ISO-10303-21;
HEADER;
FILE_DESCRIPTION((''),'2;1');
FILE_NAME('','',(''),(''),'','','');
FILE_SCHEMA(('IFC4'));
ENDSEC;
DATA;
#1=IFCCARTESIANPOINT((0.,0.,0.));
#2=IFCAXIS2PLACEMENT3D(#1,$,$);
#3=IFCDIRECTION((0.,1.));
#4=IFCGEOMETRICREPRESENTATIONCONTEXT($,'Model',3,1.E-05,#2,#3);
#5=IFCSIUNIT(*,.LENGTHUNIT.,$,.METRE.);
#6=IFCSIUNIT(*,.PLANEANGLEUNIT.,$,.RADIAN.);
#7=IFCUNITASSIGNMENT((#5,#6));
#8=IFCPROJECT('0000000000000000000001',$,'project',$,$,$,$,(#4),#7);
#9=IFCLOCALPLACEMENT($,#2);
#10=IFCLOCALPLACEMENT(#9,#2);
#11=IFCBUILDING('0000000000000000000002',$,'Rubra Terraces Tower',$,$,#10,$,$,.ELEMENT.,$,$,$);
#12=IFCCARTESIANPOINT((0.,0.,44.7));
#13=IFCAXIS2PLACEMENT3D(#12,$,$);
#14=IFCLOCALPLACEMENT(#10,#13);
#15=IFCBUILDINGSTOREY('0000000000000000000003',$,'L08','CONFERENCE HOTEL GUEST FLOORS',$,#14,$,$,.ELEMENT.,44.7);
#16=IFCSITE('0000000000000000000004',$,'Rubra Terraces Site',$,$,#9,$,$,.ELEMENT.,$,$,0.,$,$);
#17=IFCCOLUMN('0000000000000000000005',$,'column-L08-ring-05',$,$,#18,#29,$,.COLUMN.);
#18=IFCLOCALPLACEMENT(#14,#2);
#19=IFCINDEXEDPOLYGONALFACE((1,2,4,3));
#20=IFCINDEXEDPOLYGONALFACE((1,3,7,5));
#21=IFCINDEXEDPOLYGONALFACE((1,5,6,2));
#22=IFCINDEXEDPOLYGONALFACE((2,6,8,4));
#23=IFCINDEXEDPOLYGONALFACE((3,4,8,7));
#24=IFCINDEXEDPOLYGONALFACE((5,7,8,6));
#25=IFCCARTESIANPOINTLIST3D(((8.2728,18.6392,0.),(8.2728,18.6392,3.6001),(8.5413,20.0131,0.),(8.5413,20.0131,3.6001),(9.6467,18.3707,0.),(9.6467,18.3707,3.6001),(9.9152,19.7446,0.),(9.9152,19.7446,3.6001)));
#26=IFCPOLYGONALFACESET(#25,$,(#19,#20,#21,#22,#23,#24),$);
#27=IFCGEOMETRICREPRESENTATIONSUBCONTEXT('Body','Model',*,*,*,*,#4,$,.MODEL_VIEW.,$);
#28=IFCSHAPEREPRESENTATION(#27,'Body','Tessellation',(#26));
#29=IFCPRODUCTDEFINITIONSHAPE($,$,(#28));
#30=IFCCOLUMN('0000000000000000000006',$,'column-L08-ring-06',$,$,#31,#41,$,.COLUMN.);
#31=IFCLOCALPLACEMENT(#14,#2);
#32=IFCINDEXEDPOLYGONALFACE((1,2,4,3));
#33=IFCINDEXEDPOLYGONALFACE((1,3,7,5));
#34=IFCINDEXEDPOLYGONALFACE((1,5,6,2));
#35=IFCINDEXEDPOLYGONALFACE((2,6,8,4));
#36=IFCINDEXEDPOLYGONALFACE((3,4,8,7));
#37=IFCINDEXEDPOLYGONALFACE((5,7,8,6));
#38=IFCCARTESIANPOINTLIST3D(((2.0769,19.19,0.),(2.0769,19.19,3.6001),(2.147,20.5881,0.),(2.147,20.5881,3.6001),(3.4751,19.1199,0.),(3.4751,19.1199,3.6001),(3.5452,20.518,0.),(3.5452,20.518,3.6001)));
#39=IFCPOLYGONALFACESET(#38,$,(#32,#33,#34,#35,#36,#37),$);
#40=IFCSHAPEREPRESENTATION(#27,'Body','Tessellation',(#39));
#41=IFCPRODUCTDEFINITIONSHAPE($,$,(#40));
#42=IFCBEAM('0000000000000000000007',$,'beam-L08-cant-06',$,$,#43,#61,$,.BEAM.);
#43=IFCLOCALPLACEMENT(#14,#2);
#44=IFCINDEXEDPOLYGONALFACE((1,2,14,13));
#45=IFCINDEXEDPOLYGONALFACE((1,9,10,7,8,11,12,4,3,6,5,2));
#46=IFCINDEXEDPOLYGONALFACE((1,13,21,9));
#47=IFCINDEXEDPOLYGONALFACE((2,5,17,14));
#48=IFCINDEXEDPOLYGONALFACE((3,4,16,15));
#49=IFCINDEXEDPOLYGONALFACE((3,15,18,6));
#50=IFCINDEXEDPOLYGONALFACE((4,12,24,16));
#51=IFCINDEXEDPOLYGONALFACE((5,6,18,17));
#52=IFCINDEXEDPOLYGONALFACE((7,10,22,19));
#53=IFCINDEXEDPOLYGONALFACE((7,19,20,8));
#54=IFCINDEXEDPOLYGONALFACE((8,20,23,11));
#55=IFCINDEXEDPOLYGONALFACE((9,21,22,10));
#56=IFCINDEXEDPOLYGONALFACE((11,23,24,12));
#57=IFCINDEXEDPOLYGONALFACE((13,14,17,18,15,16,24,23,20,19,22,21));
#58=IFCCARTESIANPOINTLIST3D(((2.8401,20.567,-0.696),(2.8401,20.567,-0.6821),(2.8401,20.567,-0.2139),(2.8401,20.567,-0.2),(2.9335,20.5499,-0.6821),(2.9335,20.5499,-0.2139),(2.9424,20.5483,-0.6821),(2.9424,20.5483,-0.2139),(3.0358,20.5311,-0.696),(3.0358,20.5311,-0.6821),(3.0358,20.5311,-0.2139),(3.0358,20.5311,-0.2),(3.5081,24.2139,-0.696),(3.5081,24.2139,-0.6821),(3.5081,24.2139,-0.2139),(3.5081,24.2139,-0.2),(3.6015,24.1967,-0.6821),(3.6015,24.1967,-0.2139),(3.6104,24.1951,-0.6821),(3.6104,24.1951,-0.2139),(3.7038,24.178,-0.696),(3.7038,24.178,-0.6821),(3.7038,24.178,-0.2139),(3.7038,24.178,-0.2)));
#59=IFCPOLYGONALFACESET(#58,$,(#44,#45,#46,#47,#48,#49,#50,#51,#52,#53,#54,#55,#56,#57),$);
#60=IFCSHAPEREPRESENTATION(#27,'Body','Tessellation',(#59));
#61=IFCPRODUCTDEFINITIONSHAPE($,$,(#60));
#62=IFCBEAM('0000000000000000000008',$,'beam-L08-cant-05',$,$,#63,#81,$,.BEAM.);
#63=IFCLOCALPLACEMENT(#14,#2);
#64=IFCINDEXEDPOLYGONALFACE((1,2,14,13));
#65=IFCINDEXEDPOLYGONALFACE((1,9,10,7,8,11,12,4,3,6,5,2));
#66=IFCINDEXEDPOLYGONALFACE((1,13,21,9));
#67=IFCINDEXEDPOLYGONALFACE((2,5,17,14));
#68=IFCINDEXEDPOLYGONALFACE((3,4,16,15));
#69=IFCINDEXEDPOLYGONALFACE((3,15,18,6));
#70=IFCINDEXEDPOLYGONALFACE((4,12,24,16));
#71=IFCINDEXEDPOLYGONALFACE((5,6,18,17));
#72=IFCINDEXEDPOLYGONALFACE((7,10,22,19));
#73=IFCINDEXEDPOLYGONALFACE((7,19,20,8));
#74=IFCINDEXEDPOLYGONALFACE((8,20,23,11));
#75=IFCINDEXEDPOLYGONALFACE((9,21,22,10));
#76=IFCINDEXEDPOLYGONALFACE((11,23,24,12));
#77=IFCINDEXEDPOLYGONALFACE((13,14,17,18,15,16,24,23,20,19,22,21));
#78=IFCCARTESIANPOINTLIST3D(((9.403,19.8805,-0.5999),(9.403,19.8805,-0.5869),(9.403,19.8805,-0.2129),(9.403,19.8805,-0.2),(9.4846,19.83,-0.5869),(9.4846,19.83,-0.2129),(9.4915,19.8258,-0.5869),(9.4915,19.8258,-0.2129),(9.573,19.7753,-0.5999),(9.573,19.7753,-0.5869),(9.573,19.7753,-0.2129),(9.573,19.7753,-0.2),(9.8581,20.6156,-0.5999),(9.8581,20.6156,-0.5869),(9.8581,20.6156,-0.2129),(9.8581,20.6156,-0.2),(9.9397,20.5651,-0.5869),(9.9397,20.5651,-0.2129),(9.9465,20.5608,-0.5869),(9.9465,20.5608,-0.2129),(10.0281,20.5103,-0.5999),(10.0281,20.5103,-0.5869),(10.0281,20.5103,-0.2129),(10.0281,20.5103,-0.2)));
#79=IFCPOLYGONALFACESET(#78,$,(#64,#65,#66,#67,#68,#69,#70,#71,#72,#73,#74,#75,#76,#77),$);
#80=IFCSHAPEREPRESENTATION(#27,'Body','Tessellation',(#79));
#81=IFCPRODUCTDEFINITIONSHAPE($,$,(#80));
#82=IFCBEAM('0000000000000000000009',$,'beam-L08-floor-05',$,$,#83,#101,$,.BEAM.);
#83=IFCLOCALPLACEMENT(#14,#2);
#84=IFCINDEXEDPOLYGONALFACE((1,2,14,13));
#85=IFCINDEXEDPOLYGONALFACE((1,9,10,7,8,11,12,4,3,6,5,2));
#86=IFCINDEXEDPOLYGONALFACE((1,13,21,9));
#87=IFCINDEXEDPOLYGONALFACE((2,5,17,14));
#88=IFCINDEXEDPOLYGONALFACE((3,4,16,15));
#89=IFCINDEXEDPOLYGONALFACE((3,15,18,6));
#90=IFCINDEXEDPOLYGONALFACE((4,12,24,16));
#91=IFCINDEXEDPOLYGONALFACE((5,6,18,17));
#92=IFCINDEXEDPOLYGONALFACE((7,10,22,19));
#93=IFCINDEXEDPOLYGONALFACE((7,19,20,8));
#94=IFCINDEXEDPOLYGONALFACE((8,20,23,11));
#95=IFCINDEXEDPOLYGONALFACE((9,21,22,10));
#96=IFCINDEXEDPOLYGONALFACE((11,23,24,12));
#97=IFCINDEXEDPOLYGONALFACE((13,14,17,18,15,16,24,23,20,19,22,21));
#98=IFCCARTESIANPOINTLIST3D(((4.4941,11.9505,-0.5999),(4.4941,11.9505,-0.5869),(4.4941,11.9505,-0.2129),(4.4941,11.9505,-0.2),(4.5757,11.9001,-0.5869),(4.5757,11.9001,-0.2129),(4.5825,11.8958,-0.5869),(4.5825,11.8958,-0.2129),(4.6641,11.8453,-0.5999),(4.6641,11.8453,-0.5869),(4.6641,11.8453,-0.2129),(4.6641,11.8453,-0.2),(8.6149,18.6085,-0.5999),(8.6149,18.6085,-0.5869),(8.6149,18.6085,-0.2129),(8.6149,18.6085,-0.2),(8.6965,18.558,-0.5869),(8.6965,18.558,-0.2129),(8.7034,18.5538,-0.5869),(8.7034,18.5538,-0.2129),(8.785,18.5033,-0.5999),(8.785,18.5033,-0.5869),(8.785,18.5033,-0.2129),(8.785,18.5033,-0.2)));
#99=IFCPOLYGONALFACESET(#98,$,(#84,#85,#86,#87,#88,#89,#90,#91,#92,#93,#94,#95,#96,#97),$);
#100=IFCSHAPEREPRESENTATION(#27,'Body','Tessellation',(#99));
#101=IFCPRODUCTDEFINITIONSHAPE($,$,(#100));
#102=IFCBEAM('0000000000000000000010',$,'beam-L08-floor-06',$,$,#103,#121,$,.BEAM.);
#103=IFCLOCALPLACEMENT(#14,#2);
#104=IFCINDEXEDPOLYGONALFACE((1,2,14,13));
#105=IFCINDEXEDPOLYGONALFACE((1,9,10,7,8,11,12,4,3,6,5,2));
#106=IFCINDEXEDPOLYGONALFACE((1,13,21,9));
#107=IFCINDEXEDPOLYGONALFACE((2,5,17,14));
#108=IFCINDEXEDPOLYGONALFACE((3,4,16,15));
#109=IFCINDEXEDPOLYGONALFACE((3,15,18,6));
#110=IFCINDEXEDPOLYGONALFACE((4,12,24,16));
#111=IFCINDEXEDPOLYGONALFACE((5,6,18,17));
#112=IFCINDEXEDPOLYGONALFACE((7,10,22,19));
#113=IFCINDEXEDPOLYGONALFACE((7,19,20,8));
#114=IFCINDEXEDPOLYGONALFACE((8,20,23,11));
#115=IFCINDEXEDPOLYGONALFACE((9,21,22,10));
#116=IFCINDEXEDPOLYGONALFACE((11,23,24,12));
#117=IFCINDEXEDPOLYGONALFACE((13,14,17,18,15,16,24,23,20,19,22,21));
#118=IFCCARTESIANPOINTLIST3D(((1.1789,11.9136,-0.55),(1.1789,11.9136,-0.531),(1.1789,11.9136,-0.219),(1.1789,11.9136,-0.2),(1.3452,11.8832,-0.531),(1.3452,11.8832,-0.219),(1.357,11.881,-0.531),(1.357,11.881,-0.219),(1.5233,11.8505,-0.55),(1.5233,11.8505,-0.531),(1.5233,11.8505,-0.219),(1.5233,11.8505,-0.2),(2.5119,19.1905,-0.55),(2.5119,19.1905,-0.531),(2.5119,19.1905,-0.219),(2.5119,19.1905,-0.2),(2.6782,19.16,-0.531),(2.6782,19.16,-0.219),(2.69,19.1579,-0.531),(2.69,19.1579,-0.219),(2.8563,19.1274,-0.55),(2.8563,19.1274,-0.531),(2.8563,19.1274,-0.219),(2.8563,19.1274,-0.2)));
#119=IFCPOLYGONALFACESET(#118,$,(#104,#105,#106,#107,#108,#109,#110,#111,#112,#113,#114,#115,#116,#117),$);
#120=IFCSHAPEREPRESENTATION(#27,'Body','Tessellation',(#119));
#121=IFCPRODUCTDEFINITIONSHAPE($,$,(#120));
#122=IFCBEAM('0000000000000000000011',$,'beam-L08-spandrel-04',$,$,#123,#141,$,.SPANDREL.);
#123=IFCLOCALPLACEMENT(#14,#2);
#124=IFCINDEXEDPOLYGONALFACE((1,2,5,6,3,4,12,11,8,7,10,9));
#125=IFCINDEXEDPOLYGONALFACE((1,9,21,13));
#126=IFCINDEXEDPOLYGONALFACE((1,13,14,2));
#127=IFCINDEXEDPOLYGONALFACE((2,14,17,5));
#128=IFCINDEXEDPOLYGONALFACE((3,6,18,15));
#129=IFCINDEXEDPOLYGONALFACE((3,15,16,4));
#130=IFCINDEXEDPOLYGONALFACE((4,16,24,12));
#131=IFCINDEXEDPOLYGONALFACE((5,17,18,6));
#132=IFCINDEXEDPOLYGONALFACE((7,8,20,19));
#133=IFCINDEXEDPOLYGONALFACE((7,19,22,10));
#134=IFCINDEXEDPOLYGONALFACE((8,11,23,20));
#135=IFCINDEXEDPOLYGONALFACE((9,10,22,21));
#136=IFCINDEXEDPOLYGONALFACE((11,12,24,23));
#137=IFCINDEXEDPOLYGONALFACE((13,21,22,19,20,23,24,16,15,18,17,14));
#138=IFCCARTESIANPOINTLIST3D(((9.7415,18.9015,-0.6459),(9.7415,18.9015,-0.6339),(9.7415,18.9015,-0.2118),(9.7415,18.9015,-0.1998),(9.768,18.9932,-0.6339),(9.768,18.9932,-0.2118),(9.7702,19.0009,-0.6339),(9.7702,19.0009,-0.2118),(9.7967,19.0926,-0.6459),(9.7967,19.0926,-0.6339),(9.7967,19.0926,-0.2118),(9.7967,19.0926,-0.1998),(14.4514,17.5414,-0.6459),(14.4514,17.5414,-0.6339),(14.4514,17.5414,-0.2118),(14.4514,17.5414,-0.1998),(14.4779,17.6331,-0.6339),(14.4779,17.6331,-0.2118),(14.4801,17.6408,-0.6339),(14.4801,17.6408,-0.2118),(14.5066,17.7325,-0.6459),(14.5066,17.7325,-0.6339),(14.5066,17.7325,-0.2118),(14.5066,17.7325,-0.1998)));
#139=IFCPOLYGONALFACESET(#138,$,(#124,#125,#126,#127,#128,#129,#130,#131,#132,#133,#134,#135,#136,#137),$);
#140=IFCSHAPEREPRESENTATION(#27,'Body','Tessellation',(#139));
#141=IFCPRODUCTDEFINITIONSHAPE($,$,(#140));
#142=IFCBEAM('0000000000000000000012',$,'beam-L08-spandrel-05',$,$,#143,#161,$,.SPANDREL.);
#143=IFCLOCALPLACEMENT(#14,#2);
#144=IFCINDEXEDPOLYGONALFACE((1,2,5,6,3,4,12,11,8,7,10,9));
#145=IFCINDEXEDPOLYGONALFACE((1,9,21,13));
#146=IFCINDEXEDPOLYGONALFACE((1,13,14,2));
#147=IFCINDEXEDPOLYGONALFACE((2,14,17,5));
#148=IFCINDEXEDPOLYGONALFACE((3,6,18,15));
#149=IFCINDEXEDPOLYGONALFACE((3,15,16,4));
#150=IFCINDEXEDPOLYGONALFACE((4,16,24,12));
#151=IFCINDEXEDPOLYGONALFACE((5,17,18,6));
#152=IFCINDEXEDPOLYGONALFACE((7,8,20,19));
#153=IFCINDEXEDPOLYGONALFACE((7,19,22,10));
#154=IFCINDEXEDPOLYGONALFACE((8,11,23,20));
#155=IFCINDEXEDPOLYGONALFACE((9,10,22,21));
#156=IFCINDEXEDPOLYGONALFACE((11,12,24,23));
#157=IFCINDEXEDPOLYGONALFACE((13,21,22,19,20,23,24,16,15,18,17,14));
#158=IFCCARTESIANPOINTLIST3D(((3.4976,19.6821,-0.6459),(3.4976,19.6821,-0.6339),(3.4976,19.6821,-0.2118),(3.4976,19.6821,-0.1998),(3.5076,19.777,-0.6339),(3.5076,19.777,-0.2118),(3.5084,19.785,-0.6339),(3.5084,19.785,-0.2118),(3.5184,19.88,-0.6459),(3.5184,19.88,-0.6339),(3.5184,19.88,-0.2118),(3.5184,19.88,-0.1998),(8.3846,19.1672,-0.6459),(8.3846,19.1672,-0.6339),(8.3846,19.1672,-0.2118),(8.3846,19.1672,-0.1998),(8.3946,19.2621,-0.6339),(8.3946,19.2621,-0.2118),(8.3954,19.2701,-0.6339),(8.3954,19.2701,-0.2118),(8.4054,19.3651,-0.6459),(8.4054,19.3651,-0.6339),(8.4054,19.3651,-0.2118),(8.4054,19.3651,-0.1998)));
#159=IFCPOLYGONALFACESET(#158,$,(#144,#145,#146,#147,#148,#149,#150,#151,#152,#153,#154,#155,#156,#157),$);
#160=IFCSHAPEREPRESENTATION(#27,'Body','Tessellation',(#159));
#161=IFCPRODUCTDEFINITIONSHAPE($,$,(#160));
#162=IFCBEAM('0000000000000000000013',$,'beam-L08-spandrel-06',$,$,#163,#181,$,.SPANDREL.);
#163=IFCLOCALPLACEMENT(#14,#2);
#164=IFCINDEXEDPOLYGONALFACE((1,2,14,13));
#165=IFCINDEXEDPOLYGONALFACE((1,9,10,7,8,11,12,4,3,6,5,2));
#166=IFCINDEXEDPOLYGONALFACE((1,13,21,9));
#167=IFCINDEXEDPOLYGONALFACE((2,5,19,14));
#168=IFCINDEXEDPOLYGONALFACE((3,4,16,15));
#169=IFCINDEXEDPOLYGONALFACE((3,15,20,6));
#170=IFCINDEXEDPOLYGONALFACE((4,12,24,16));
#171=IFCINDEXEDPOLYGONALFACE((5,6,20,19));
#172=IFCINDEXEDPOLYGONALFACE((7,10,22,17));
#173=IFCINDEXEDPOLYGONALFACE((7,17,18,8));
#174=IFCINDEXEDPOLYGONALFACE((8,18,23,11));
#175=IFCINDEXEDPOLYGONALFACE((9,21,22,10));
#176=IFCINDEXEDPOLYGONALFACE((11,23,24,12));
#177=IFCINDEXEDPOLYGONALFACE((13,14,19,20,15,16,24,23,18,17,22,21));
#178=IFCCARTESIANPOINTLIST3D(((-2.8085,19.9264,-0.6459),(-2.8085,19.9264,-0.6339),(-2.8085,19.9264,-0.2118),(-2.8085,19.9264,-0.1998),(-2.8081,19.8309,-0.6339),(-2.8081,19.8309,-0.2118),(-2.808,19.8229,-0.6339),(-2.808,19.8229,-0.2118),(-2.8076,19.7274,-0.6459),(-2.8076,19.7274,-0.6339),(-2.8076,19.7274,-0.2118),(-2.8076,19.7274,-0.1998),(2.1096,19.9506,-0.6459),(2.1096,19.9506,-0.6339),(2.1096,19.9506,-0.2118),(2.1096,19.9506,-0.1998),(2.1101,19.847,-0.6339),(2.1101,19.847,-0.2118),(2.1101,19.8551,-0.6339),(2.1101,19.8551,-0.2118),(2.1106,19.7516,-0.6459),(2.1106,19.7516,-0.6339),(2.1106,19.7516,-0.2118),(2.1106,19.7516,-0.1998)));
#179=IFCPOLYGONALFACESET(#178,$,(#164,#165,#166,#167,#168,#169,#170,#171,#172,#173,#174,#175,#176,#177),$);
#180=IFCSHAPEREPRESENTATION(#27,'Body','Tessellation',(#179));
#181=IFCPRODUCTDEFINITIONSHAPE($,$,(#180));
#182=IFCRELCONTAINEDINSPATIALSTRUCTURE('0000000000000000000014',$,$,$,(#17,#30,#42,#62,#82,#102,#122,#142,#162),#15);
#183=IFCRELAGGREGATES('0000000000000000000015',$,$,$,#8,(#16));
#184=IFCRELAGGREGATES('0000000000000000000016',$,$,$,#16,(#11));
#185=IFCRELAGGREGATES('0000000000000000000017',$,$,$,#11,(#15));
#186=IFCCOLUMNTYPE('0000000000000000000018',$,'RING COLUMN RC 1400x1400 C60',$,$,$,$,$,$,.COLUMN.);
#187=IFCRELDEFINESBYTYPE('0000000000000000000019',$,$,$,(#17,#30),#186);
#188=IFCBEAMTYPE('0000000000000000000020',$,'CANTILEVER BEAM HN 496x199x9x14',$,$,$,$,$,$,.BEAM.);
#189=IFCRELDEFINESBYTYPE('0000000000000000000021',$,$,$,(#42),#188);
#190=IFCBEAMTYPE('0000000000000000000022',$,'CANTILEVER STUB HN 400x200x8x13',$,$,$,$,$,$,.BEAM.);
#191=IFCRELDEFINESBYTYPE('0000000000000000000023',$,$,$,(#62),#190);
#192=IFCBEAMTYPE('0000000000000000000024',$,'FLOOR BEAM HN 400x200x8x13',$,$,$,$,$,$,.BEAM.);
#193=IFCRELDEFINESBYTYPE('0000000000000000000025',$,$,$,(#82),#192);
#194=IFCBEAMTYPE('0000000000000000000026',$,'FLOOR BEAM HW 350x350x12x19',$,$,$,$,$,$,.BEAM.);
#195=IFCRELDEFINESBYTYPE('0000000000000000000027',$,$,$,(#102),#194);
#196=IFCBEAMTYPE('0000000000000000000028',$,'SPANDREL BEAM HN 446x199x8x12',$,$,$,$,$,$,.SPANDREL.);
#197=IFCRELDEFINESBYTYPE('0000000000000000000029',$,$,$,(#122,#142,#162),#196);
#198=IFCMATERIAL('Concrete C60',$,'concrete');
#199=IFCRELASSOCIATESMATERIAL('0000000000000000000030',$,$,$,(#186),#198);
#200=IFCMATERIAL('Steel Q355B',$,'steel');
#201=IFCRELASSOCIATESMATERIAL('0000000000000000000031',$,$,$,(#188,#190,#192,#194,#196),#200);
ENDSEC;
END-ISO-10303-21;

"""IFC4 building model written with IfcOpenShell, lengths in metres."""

from ifc_helpers import new_model, si_unit, direction, frame, origin, origin_2d, place, context, subcontext, project, spatial, rectangle, i_section, extrude, material, material_profile, profile_set, type_object, element, save


model = new_model("IFC4")

# Units and contexts
model_context = context("Model", 3, precision=1e-05, world=origin(), true_north=direction((0.0, 1.0)))
body_context = subcontext(model_context, "Body", "Model", "MODEL_VIEW")
ifc_project = project(units=[si_unit("LENGTHUNIT", "METRE"), si_unit("PLANEANGLEUNIT", "RADIAN")], contexts=[model_context])

# Site, building, storey
site_placement = place(None, origin())
site = spatial("IfcSite", under=ifc_project, at=site_placement, Name="Rubra Terraces Site", CompositionType="ELEMENT", RefElevation=0.0)
building_placement = place(site_placement, origin())
building = spatial("IfcBuilding", under=site, at=building_placement, Name="Rubra Terraces Tower", CompositionType="ELEMENT")
storey_placement = place(building_placement, frame((0.0, 0.0, 44.7)))
storey = spatial("IfcBuildingStorey", under=building, at=storey_placement, Name="L08", Description="CONFERENCE HOTEL GUEST FLOORS", CompositionType="ELEMENT", Elevation=44.7)

# Columns
ifc_material_1 = material(Name="Concrete C60", Category="concrete")
ifc_material_profile_1 = material_profile(ifc_material_1, rectangle(XDim=1.3999, YDim=1.3999, at=origin_2d()), Name="RC 1400x1400")
ifc_profile_set_1 = profile_set([ifc_material_profile_1], Name="Concrete C60")
column_type = type_object("IfcColumnType", Name="RING COLUMN RC 1400x1400 C60", PredefinedType="COLUMN", material=ifc_profile_set_1)
for number, where, z_axis, x_axis, name in (
    (1, (9.094, 19.1919, 0.0), (0.0, 0.0, 1.0), (-0.98143, 0.191819, 0.0), "column-L08-ring-05"),
    (2, (2.811, 19.854, 0.0), (0.0, 0.0, 1.0), (-0.998745, 0.050084, 0.0), "column-L08-ring-06"),
):
    element("IfcColumn", number, at=place(storey_placement, frame(where, z_axis=z_axis, x_axis=x_axis)), inside=storey, type_object=column_type, Name=name, PredefinedType="COLUMN", context=body_context, shape_type="SweptSolid", body=[
        extrude(rectangle(XDim=1.3999, YDim=1.3999, at=origin_2d()), origin(), (0.0, 0.0, 1.0), 3.6001),
    ])

# Beams
ifc_material_2 = material(Name="Steel Q355B", Category="steel")
ifc_material_profile_2 = material_profile(ifc_material_2, i_section(OverallWidth=0.199, OverallDepth=0.4961, WebThickness=0.009, FlangeThickness=0.0139, at=origin_2d()), Name="HN 496x199x9x14")
ifc_profile_set_2 = profile_set([ifc_material_profile_2], Name="Steel Q355B")
beam_type_1 = type_object("IfcBeamType", Name="CANTILEVER BEAM HN 496x199x9x14", PredefinedType="BEAM", material=ifc_profile_set_2)
beam_1_placement = place(storey_placement, frame((2.938, 20.5491, -0.448), z_axis=(0.18016, 0.983637, 0.0), x_axis=(-0.983637, 0.18016, 0.0)))
element("IfcBeam", 3, at=beam_1_placement, inside=storey, type_object=beam_type_1, Name="beam-L08-cant-06", PredefinedType="BEAM", context=body_context, shape_type="SweptSolid", body=[
    extrude(i_section(OverallWidth=0.199, OverallDepth=0.4961, WebThickness=0.009, FlangeThickness=0.0139, at=origin_2d()), origin(), (0.0, 0.0, 1.0), 3.7075),
])
ifc_material_profile_3 = material_profile(ifc_material_2, i_section(OverallWidth=0.2, OverallDepth=0.3999, WebThickness=0.0081, FlangeThickness=0.0129, at=origin_2d()), Name="HN 400x200x8x13")
ifc_profile_set_3 = profile_set([ifc_material_profile_3], Name="Steel Q355B")
beam_type_2 = type_object("IfcBeamType", Name="CANTILEVER STUB HN 400x200x8x13", PredefinedType="BEAM", material=ifc_profile_set_3)
beam_2_placement = place(storey_placement, frame((9.488, 19.8279, -0.3999), z_axis=(0.526364, 0.850259, 0.0), x_axis=(-0.850259, 0.526364, 0.0)))
element("IfcBeam", 4, at=beam_2_placement, inside=storey, type_object=beam_type_2, Name="beam-L08-cant-05", PredefinedType="BEAM", context=body_context, shape_type="SweptSolid", body=[
    extrude(i_section(OverallWidth=0.2, OverallDepth=0.3999, WebThickness=0.0081, FlangeThickness=0.0129, at=origin_2d()), origin(), (0.0, 0.0, 1.0), 0.8645),
])
ifc_material_profile_4 = material_profile(ifc_material_2, i_section(OverallWidth=0.2, OverallDepth=0.3999, WebThickness=0.0081, FlangeThickness=0.0129, at=origin_2d()), Name="HN 400x200x8x13")
ifc_profile_set_4 = profile_set([ifc_material_profile_4], Name="Steel Q355B")
beam_type_3 = type_object("IfcBeamType", Name="FLOOR BEAM HN 400x200x8x13", PredefinedType="BEAM", material=ifc_profile_set_4)
beam_3_placement = place(storey_placement, frame((8.7, 18.5559, -0.3999), z_axis=(-0.526286, -0.850308, 0.0), x_axis=(0.850308, -0.526286, 0.0)))
element("IfcBeam", 5, at=beam_3_placement, inside=storey, type_object=beam_type_3, Name="beam-L08-floor-05", PredefinedType="BEAM", context=body_context, shape_type="SweptSolid", body=[
    extrude(i_section(OverallWidth=0.2, OverallDepth=0.3999, WebThickness=0.0081, FlangeThickness=0.0129, at=origin_2d()), origin(), (0.0, 0.0, 1.0), 7.8301),
])
ifc_material_profile_5 = material_profile(ifc_material_2, i_section(OverallWidth=0.3501, OverallDepth=0.3501, WebThickness=0.012, FlangeThickness=0.019, at=origin_2d()), Name="HW 350x350x12x19")
ifc_profile_set_5 = profile_set([ifc_material_profile_5], Name="Steel Q355B")
beam_type_4 = type_object("IfcBeamType", Name="FLOOR BEAM HW 350x350x12x19", PredefinedType="BEAM", material=ifc_profile_set_5)
beam_4_placement = place(storey_placement, frame((2.6841, 19.1589, -0.375), z_axis=(-0.180186, -0.983632, 0.0), x_axis=(0.983632, -0.180186, 0.0)))
element("IfcBeam", 6, at=beam_4_placement, inside=storey, type_object=beam_type_4, Name="beam-L08-floor-06", PredefinedType="BEAM", context=body_context, shape_type="SweptSolid", body=[
    extrude(i_section(OverallWidth=0.3501, OverallDepth=0.3501, WebThickness=0.012, FlangeThickness=0.019, at=origin_2d()), origin(), (0.0, 0.0, 1.0), 7.3979),
])
ifc_material_profile_6 = material_profile(ifc_material_2, i_section(OverallWidth=0.199, OverallDepth=0.446, WebThickness=0.0081, FlangeThickness=0.012, at=origin_2d()), Name="HN 446x199x8x12")
ifc_profile_set_6 = profile_set([ifc_material_profile_6], Name="Steel Q355B")
beam_type_5 = type_object("IfcBeamType", Name="SPANDREL BEAM HN 446x199x8x12", PredefinedType="SPANDREL", material=ifc_profile_set_6)
beam_5_placement = place(storey_placement, frame((14.479, 17.637, -0.4229), z_axis=(-0.960744, 0.277436, 0.0), x_axis=(-0.277436, -0.960744, 0.0)))
element("IfcBeam", 7, at=beam_5_placement, inside=storey, type_object=beam_type_5, Name="beam-L08-spandrel-04", PredefinedType="SPANDREL", context=body_context, shape_type="SweptSolid", body=[
    extrude(i_section(OverallWidth=0.199, OverallDepth=0.446, WebThickness=0.0081, FlangeThickness=0.012, at=origin_2d()), origin(), (0.0, 0.0, 1.0), 4.9023),
])
beam_6_placement = place(storey_placement, frame((8.395, 19.2661, -0.4229), z_axis=(-0.994495, 0.10478, 0.0), x_axis=(-0.10478, -0.994495, 0.0)))
element("IfcBeam", 8, at=beam_6_placement, inside=storey, type_object=beam_type_5, Name="beam-L08-spandrel-05", PredefinedType="SPANDREL", context=body_context, shape_type="SweptSolid", body=[
    extrude(i_section(OverallWidth=0.199, OverallDepth=0.446, WebThickness=0.0081, FlangeThickness=0.012, at=origin_2d()), origin(), (0.0, 0.0, 1.0), 4.9141),
])
beam_7_placement = place(storey_placement, frame((2.1101, 19.8511, -0.4229), z_axis=(-0.999988, -0.004914, 0.0), x_axis=(0.004914, -0.999988, 0.0)))
element("IfcBeam", 9, at=beam_7_placement, inside=storey, type_object=beam_type_5, Name="beam-L08-spandrel-06", PredefinedType="SPANDREL", context=body_context, shape_type="SweptSolid", body=[
    extrude(i_section(OverallWidth=0.199, OverallDepth=0.446, WebThickness=0.0081, FlangeThickness=0.012, at=origin_2d()), origin(), (0.0, 0.0, 1.0), 4.9182),
])

save(model, "model.ifc")
